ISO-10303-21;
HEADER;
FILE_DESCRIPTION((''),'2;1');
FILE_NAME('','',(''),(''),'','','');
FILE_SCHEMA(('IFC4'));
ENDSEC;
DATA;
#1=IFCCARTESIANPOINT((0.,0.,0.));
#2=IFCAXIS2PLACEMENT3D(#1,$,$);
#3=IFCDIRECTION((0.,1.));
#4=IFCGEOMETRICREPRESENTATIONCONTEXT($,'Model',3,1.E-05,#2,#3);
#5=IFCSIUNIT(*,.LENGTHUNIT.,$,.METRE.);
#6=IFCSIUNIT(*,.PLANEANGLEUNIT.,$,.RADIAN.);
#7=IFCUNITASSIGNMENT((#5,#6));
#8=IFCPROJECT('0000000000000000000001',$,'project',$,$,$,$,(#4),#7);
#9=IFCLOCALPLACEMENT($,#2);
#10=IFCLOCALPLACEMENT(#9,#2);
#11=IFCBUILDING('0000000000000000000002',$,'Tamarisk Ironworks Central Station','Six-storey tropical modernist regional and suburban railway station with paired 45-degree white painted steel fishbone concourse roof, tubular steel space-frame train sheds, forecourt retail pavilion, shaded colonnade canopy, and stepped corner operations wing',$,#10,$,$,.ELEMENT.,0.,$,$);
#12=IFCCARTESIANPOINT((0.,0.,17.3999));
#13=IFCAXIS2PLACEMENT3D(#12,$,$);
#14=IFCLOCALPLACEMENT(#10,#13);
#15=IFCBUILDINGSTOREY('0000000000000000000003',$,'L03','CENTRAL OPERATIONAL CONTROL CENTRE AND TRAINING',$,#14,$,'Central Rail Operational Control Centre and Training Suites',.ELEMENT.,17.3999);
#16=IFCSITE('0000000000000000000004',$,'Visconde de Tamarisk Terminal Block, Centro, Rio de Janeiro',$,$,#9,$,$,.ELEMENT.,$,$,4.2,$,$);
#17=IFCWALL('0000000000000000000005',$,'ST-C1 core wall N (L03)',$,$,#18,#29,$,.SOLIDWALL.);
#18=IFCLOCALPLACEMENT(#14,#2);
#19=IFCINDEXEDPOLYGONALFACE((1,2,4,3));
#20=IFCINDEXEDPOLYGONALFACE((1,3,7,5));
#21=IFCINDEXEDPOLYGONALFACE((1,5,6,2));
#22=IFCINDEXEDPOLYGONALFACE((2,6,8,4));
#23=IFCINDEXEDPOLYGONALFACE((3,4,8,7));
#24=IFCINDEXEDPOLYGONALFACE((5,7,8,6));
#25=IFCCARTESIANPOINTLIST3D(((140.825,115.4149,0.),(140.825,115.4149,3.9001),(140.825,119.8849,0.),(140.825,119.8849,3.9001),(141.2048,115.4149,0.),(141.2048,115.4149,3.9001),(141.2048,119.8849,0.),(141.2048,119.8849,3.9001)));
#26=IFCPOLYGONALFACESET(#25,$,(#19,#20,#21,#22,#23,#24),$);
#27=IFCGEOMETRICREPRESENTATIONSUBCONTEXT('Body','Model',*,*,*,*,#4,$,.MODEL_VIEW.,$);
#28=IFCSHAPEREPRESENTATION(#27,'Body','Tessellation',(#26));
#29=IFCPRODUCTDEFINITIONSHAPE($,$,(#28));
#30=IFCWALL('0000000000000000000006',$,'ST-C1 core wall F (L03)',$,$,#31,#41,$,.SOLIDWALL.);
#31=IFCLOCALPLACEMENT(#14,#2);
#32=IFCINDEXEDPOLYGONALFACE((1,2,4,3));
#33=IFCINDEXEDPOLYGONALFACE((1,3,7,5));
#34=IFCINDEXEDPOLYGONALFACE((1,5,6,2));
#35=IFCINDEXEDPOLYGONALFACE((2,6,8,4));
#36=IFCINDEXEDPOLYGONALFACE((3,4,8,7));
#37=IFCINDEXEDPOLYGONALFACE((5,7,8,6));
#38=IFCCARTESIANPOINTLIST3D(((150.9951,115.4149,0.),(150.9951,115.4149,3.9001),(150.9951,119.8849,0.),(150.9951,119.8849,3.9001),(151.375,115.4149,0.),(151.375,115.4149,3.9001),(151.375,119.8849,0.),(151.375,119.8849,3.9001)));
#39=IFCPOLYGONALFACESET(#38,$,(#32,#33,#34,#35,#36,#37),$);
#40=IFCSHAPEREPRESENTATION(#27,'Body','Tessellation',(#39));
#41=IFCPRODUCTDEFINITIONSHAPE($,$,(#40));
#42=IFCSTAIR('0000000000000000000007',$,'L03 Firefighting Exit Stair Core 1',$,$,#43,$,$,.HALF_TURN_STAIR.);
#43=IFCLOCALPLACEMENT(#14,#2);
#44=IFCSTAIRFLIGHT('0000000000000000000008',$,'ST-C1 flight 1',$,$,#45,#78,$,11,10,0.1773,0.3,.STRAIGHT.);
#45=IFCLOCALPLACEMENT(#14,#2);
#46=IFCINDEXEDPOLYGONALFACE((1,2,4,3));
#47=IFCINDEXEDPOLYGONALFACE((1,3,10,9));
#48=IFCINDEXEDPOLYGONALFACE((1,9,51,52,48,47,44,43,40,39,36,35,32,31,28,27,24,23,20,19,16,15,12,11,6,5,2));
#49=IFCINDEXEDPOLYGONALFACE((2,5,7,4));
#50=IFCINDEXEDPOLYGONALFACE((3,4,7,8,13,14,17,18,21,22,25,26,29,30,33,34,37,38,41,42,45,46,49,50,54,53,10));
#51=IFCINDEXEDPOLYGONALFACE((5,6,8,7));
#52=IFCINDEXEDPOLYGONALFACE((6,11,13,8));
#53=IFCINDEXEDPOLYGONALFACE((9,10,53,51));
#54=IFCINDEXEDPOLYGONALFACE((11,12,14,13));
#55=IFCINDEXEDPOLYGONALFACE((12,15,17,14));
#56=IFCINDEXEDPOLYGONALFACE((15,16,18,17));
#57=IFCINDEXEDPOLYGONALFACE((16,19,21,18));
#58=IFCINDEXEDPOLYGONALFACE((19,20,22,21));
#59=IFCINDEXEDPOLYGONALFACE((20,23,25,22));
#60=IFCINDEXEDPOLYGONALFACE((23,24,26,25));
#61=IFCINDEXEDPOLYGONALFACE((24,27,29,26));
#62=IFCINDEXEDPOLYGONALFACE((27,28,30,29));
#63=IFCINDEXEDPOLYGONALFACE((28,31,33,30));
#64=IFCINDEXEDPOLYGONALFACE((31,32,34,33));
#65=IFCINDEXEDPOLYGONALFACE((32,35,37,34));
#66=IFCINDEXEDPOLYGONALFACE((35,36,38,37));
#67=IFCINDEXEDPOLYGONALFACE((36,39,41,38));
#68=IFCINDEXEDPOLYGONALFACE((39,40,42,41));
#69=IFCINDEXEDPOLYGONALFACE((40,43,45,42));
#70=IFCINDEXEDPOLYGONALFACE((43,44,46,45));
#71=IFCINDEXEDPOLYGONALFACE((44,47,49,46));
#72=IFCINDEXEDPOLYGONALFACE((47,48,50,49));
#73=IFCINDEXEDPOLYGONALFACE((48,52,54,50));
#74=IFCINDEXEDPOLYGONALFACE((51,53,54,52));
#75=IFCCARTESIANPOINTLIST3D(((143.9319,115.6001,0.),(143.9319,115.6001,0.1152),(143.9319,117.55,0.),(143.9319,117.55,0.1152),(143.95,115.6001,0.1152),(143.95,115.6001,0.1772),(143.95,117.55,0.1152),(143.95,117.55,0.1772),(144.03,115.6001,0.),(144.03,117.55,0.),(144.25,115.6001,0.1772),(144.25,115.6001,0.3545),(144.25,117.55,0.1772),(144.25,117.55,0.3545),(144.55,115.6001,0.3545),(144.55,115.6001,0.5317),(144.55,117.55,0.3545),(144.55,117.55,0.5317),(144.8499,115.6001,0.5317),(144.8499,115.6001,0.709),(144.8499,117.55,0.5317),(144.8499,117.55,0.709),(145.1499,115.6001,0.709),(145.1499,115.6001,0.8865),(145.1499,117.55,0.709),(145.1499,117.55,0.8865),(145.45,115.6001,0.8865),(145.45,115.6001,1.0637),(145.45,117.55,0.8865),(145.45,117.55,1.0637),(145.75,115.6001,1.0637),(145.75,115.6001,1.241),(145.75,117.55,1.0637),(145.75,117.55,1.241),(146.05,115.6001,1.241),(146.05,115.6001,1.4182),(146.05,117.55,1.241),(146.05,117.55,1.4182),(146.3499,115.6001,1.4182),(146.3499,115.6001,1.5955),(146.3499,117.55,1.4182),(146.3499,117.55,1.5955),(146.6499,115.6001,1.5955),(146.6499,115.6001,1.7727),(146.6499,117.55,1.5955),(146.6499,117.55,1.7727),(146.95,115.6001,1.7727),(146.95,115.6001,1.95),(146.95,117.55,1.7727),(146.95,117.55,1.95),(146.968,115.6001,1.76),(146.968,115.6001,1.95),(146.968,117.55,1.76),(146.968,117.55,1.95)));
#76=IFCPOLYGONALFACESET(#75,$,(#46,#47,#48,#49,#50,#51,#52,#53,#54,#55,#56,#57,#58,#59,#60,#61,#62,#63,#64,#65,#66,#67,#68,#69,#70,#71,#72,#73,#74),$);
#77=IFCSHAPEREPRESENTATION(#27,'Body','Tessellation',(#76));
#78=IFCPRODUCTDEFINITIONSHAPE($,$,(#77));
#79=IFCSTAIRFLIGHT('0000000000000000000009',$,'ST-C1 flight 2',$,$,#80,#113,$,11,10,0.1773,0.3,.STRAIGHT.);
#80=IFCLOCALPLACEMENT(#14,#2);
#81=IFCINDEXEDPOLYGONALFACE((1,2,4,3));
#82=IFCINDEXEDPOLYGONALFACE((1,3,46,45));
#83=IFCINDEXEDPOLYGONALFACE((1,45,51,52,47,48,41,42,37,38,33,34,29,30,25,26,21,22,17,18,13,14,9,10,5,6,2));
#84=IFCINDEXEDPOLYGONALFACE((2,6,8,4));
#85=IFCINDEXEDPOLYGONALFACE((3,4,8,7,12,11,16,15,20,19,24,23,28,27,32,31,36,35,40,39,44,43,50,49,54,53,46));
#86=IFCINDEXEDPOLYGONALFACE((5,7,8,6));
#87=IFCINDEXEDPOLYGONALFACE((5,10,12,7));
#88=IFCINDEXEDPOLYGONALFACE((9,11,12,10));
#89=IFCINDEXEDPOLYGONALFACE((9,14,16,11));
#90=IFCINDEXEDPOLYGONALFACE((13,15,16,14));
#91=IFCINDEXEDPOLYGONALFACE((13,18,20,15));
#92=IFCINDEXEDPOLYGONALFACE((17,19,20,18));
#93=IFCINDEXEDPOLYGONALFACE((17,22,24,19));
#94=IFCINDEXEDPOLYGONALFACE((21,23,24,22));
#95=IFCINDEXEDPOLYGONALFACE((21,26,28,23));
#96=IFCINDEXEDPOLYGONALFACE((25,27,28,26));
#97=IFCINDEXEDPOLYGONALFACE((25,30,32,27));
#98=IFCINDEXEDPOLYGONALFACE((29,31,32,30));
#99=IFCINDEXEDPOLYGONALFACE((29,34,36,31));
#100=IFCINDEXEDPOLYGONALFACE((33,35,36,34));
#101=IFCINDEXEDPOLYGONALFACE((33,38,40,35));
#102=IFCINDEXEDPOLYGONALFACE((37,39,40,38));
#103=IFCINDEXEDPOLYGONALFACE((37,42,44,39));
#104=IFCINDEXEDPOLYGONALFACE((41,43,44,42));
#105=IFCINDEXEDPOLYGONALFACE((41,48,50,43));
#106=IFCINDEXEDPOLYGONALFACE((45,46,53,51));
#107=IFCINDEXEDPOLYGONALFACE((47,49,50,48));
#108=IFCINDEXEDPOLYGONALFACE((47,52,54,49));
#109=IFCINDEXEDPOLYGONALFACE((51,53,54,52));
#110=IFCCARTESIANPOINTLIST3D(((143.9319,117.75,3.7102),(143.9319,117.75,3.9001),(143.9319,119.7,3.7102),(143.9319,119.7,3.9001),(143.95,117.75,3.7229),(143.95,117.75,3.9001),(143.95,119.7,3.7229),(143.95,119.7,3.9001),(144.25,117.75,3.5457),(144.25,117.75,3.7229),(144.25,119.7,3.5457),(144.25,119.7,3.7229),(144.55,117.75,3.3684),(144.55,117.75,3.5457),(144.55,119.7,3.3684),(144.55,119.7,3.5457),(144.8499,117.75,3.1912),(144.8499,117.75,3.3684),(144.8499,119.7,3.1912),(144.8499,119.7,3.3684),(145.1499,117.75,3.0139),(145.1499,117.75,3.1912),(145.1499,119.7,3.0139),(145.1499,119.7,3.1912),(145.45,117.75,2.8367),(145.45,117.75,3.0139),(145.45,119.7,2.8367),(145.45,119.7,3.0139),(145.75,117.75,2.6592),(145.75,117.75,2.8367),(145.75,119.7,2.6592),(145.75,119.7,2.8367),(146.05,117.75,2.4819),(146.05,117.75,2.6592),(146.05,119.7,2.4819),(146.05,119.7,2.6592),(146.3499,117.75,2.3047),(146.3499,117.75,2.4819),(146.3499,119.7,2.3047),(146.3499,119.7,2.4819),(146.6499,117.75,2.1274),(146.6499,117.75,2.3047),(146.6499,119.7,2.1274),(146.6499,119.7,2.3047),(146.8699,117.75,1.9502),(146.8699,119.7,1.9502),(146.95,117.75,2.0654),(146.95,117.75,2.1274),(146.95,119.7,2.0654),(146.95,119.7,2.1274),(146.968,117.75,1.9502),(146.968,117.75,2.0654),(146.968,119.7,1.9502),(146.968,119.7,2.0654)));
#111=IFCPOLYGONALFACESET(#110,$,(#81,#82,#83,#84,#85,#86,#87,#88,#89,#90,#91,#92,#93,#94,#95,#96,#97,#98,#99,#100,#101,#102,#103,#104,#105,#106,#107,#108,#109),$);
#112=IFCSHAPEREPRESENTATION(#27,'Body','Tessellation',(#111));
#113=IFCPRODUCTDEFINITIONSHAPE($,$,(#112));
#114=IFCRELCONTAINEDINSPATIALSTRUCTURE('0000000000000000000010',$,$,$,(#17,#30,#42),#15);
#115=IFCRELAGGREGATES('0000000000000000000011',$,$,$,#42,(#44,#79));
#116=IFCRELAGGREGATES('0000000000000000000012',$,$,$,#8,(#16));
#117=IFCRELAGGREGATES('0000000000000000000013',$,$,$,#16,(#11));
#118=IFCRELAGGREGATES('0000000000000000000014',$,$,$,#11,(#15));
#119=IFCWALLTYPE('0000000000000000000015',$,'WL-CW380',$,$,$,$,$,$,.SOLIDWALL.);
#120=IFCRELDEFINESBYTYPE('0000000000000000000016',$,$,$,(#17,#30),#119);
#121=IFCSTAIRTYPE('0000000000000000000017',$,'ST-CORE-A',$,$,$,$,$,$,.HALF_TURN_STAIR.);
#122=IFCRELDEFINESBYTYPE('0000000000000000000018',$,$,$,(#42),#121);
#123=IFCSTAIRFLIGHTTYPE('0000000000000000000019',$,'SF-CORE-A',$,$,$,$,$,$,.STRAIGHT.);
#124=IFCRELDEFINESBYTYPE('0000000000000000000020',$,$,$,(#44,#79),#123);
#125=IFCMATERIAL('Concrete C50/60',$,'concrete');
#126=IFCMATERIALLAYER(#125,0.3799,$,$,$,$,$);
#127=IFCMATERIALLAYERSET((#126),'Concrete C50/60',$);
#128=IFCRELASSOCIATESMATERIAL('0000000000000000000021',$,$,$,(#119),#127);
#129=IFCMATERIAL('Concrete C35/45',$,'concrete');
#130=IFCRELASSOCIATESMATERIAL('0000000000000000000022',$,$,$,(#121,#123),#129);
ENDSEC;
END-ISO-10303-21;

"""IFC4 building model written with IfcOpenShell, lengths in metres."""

from ifc_helpers import new_model, si_unit, direction, frame, frame_2d, origin, place, context, subcontext, project, spatial, polyline, rectangle, outline, extrude, material, layer, layer_set, type_object, element, aggregate, save


model = new_model("IFC4")

# Units and contexts
model_context = context("Model", 3, precision=1e-05, world=origin(), true_north=direction((0.0, 1.0)))
body_context = subcontext(model_context, "Body", "Model", "MODEL_VIEW")
ifc_project = project(units=[si_unit("LENGTHUNIT", "METRE"), si_unit("PLANEANGLEUNIT", "RADIAN")], contexts=[model_context])

# Site, building, storey
site_placement = place(None, origin())
site = spatial("IfcSite", under=ifc_project, at=site_placement, Name="Visconde de Tamarisk Terminal Block, Centro, Rio de Janeiro", CompositionType="ELEMENT", RefElevation=4.2)
building_placement = place(site_placement, origin())
building = spatial("IfcBuilding", under=site, at=building_placement, Name="Tamarisk Ironworks Central Station", Description="Six-storey tropical modernist regional and suburban railway station with paired 45-degree white painted steel fishbone concourse roof, tubular steel space-frame train sheds, forecourt retail pavilion, shaded colonnade canopy, and stepped corner operations wing", CompositionType="ELEMENT", ElevationOfRefHeight=0.0)
storey_placement = place(building_placement, frame((0.0, 0.0, 17.3999)))
storey = spatial("IfcBuildingStorey", under=building, at=storey_placement, Name="L03", Description="CENTRAL OPERATIONAL CONTROL CENTRE AND TRAINING", LongName="Central Rail Operational Control Centre and Training Suites", CompositionType="ELEMENT", Elevation=17.3999)

# Shared definitions
ifc_material_1 = material(Name="Concrete C50/60", Category="concrete")
ifc_layer_1 = layer(ifc_material_1, 0.3799)
ifc_layer_set_1 = layer_set([ifc_layer_1], Name="Concrete C50/60")
wall_type = type_object("IfcWallType", Name="WL-CW380", PredefinedType="SOLIDWALL", material=ifc_layer_set_1)

# Walls
for number, where, z_axis, x_axis, name in (
    (1, (141.0149, 115.415, 0.0), (0.0, 0.0, 1.0), (0.0, 1.0, 0.0), "ST-C1 core wall N (L03)"),
    (2, (151.1851, 115.415, 0.0), (0.0, 0.0, 1.0), (0.0, 1.0, 0.0), "ST-C1 core wall F (L03)"),
):
    element("IfcWall", number, at=place(storey_placement, frame(where, z_axis=z_axis, x_axis=x_axis)), inside=storey, type_object=wall_type, Name=name, PredefinedType="SOLIDWALL", context=body_context, shape_type="SweptSolid", body=[
        extrude(rectangle(XDim=4.47, YDim=0.3799, at=frame_2d((2.2349, 0.0))), origin(), (0.0, 0.0, 1.0), 3.9001),
    ])

# Stair, stair flights
ifc_material_2 = material(Name="Concrete C35/45", Category="concrete")
stair_type = type_object("IfcStairType", Name="ST-CORE-A", PredefinedType="HALF_TURN_STAIR", material=ifc_material_2)
stair_placement = place(storey_placement, origin())
stair = element("IfcStair", 3, at=stair_placement, inside=storey, type_object=stair_type, Name="L03 Firefighting Exit Stair Core 1", PredefinedType="HALF_TURN_STAIR")
stair_flight_type = type_object("IfcStairFlightType", Name="SF-CORE-A", PredefinedType="STRAIGHT", material=ifc_material_2)
stair_flight_1_placement = place(storey_placement, frame((143.95, 116.575, 0.0), z_axis=(0.0, 0.0, 1.0), x_axis=(1.0, 0.0, 0.0)))
stair_flight_1 = element("IfcStairFlight", 4, at=stair_flight_1_placement, type_object=stair_flight_type, Name="ST-C1 flight 1", NumberOfRisers=11, NumberOfTreads=10, PredefinedType="STRAIGHT", RiserHeight=0.1773, TreadLength=0.3, context=body_context, shape_type="SweptSolid", body=[
    extrude(outline(polyline([(-0.0181, 0.0), (-0.0181, 0.1152), (0.0, 0.1152), (0.0, 0.1772), (0.3, 0.1772), (0.3, 0.3545), (0.6001, 0.3545), (0.6001, 0.5317), (0.8999, 0.5317), (0.8999, 0.709), (1.2, 0.709), (1.2, 0.8865), (1.5, 0.8865), (1.5, 1.0637), (1.8, 1.0637), (1.8, 1.241), (2.1001, 1.241), (2.1001, 1.4182), (2.3999, 1.4182), (2.3999, 1.5955), (2.7, 1.5955), (2.7, 1.7727), (3.0, 1.7727), (3.0, 1.95), (3.0181, 1.95), (3.0181, 1.76), (0.0801, 0.0), (-0.0181, 0.0)])), frame((0.0, 0.9751, 0.0), z_axis=(0.0, -1.0, 0.0), x_axis=(1.0, 0.0, 0.0)), (0.0, 0.0, 1.0), 1.95),
])
stair_flight_2_placement = place(storey_placement, frame((146.95, 118.7251, 1.9502), z_axis=(0.0, 0.0, 1.0), x_axis=(-1.0, 0.0, 0.0)))
stair_flight_2 = element("IfcStairFlight", 5, at=stair_flight_2_placement, type_object=stair_flight_type, Name="ST-C1 flight 2", NumberOfRisers=11, NumberOfTreads=10, PredefinedType="STRAIGHT", RiserHeight=0.1773, TreadLength=0.3, context=body_context, shape_type="SweptSolid", body=[
    extrude(outline(polyline([(-0.0181, 0.0), (-0.0181, 0.1152), (0.0, 0.1152), (0.0, 0.1772), (0.3, 0.1772), (0.3, 0.3545), (0.6001, 0.3545), (0.6001, 0.5317), (0.8999, 0.5317), (0.8999, 0.709), (1.2, 0.709), (1.2, 0.8865), (1.5, 0.8865), (1.5, 1.0637), (1.8, 1.0637), (1.8, 1.241), (2.1001, 1.241), (2.1001, 1.4182), (2.3999, 1.4182), (2.3999, 1.5955), (2.7, 1.5955), (2.7, 1.7727), (3.0, 1.7727), (3.0, 1.95), (3.0181, 1.95), (3.0181, 1.76), (0.0801, 0.0), (-0.0181, 0.0)])), frame((0.0, 0.9751, 0.0), z_axis=(0.0, -1.0, 0.0), x_axis=(1.0, 0.0, 0.0)), (0.0, 0.0, 1.0), 1.95),
])
aggregate(stair, [stair_flight_1, stair_flight_2])

save(model, "model.ifc")
